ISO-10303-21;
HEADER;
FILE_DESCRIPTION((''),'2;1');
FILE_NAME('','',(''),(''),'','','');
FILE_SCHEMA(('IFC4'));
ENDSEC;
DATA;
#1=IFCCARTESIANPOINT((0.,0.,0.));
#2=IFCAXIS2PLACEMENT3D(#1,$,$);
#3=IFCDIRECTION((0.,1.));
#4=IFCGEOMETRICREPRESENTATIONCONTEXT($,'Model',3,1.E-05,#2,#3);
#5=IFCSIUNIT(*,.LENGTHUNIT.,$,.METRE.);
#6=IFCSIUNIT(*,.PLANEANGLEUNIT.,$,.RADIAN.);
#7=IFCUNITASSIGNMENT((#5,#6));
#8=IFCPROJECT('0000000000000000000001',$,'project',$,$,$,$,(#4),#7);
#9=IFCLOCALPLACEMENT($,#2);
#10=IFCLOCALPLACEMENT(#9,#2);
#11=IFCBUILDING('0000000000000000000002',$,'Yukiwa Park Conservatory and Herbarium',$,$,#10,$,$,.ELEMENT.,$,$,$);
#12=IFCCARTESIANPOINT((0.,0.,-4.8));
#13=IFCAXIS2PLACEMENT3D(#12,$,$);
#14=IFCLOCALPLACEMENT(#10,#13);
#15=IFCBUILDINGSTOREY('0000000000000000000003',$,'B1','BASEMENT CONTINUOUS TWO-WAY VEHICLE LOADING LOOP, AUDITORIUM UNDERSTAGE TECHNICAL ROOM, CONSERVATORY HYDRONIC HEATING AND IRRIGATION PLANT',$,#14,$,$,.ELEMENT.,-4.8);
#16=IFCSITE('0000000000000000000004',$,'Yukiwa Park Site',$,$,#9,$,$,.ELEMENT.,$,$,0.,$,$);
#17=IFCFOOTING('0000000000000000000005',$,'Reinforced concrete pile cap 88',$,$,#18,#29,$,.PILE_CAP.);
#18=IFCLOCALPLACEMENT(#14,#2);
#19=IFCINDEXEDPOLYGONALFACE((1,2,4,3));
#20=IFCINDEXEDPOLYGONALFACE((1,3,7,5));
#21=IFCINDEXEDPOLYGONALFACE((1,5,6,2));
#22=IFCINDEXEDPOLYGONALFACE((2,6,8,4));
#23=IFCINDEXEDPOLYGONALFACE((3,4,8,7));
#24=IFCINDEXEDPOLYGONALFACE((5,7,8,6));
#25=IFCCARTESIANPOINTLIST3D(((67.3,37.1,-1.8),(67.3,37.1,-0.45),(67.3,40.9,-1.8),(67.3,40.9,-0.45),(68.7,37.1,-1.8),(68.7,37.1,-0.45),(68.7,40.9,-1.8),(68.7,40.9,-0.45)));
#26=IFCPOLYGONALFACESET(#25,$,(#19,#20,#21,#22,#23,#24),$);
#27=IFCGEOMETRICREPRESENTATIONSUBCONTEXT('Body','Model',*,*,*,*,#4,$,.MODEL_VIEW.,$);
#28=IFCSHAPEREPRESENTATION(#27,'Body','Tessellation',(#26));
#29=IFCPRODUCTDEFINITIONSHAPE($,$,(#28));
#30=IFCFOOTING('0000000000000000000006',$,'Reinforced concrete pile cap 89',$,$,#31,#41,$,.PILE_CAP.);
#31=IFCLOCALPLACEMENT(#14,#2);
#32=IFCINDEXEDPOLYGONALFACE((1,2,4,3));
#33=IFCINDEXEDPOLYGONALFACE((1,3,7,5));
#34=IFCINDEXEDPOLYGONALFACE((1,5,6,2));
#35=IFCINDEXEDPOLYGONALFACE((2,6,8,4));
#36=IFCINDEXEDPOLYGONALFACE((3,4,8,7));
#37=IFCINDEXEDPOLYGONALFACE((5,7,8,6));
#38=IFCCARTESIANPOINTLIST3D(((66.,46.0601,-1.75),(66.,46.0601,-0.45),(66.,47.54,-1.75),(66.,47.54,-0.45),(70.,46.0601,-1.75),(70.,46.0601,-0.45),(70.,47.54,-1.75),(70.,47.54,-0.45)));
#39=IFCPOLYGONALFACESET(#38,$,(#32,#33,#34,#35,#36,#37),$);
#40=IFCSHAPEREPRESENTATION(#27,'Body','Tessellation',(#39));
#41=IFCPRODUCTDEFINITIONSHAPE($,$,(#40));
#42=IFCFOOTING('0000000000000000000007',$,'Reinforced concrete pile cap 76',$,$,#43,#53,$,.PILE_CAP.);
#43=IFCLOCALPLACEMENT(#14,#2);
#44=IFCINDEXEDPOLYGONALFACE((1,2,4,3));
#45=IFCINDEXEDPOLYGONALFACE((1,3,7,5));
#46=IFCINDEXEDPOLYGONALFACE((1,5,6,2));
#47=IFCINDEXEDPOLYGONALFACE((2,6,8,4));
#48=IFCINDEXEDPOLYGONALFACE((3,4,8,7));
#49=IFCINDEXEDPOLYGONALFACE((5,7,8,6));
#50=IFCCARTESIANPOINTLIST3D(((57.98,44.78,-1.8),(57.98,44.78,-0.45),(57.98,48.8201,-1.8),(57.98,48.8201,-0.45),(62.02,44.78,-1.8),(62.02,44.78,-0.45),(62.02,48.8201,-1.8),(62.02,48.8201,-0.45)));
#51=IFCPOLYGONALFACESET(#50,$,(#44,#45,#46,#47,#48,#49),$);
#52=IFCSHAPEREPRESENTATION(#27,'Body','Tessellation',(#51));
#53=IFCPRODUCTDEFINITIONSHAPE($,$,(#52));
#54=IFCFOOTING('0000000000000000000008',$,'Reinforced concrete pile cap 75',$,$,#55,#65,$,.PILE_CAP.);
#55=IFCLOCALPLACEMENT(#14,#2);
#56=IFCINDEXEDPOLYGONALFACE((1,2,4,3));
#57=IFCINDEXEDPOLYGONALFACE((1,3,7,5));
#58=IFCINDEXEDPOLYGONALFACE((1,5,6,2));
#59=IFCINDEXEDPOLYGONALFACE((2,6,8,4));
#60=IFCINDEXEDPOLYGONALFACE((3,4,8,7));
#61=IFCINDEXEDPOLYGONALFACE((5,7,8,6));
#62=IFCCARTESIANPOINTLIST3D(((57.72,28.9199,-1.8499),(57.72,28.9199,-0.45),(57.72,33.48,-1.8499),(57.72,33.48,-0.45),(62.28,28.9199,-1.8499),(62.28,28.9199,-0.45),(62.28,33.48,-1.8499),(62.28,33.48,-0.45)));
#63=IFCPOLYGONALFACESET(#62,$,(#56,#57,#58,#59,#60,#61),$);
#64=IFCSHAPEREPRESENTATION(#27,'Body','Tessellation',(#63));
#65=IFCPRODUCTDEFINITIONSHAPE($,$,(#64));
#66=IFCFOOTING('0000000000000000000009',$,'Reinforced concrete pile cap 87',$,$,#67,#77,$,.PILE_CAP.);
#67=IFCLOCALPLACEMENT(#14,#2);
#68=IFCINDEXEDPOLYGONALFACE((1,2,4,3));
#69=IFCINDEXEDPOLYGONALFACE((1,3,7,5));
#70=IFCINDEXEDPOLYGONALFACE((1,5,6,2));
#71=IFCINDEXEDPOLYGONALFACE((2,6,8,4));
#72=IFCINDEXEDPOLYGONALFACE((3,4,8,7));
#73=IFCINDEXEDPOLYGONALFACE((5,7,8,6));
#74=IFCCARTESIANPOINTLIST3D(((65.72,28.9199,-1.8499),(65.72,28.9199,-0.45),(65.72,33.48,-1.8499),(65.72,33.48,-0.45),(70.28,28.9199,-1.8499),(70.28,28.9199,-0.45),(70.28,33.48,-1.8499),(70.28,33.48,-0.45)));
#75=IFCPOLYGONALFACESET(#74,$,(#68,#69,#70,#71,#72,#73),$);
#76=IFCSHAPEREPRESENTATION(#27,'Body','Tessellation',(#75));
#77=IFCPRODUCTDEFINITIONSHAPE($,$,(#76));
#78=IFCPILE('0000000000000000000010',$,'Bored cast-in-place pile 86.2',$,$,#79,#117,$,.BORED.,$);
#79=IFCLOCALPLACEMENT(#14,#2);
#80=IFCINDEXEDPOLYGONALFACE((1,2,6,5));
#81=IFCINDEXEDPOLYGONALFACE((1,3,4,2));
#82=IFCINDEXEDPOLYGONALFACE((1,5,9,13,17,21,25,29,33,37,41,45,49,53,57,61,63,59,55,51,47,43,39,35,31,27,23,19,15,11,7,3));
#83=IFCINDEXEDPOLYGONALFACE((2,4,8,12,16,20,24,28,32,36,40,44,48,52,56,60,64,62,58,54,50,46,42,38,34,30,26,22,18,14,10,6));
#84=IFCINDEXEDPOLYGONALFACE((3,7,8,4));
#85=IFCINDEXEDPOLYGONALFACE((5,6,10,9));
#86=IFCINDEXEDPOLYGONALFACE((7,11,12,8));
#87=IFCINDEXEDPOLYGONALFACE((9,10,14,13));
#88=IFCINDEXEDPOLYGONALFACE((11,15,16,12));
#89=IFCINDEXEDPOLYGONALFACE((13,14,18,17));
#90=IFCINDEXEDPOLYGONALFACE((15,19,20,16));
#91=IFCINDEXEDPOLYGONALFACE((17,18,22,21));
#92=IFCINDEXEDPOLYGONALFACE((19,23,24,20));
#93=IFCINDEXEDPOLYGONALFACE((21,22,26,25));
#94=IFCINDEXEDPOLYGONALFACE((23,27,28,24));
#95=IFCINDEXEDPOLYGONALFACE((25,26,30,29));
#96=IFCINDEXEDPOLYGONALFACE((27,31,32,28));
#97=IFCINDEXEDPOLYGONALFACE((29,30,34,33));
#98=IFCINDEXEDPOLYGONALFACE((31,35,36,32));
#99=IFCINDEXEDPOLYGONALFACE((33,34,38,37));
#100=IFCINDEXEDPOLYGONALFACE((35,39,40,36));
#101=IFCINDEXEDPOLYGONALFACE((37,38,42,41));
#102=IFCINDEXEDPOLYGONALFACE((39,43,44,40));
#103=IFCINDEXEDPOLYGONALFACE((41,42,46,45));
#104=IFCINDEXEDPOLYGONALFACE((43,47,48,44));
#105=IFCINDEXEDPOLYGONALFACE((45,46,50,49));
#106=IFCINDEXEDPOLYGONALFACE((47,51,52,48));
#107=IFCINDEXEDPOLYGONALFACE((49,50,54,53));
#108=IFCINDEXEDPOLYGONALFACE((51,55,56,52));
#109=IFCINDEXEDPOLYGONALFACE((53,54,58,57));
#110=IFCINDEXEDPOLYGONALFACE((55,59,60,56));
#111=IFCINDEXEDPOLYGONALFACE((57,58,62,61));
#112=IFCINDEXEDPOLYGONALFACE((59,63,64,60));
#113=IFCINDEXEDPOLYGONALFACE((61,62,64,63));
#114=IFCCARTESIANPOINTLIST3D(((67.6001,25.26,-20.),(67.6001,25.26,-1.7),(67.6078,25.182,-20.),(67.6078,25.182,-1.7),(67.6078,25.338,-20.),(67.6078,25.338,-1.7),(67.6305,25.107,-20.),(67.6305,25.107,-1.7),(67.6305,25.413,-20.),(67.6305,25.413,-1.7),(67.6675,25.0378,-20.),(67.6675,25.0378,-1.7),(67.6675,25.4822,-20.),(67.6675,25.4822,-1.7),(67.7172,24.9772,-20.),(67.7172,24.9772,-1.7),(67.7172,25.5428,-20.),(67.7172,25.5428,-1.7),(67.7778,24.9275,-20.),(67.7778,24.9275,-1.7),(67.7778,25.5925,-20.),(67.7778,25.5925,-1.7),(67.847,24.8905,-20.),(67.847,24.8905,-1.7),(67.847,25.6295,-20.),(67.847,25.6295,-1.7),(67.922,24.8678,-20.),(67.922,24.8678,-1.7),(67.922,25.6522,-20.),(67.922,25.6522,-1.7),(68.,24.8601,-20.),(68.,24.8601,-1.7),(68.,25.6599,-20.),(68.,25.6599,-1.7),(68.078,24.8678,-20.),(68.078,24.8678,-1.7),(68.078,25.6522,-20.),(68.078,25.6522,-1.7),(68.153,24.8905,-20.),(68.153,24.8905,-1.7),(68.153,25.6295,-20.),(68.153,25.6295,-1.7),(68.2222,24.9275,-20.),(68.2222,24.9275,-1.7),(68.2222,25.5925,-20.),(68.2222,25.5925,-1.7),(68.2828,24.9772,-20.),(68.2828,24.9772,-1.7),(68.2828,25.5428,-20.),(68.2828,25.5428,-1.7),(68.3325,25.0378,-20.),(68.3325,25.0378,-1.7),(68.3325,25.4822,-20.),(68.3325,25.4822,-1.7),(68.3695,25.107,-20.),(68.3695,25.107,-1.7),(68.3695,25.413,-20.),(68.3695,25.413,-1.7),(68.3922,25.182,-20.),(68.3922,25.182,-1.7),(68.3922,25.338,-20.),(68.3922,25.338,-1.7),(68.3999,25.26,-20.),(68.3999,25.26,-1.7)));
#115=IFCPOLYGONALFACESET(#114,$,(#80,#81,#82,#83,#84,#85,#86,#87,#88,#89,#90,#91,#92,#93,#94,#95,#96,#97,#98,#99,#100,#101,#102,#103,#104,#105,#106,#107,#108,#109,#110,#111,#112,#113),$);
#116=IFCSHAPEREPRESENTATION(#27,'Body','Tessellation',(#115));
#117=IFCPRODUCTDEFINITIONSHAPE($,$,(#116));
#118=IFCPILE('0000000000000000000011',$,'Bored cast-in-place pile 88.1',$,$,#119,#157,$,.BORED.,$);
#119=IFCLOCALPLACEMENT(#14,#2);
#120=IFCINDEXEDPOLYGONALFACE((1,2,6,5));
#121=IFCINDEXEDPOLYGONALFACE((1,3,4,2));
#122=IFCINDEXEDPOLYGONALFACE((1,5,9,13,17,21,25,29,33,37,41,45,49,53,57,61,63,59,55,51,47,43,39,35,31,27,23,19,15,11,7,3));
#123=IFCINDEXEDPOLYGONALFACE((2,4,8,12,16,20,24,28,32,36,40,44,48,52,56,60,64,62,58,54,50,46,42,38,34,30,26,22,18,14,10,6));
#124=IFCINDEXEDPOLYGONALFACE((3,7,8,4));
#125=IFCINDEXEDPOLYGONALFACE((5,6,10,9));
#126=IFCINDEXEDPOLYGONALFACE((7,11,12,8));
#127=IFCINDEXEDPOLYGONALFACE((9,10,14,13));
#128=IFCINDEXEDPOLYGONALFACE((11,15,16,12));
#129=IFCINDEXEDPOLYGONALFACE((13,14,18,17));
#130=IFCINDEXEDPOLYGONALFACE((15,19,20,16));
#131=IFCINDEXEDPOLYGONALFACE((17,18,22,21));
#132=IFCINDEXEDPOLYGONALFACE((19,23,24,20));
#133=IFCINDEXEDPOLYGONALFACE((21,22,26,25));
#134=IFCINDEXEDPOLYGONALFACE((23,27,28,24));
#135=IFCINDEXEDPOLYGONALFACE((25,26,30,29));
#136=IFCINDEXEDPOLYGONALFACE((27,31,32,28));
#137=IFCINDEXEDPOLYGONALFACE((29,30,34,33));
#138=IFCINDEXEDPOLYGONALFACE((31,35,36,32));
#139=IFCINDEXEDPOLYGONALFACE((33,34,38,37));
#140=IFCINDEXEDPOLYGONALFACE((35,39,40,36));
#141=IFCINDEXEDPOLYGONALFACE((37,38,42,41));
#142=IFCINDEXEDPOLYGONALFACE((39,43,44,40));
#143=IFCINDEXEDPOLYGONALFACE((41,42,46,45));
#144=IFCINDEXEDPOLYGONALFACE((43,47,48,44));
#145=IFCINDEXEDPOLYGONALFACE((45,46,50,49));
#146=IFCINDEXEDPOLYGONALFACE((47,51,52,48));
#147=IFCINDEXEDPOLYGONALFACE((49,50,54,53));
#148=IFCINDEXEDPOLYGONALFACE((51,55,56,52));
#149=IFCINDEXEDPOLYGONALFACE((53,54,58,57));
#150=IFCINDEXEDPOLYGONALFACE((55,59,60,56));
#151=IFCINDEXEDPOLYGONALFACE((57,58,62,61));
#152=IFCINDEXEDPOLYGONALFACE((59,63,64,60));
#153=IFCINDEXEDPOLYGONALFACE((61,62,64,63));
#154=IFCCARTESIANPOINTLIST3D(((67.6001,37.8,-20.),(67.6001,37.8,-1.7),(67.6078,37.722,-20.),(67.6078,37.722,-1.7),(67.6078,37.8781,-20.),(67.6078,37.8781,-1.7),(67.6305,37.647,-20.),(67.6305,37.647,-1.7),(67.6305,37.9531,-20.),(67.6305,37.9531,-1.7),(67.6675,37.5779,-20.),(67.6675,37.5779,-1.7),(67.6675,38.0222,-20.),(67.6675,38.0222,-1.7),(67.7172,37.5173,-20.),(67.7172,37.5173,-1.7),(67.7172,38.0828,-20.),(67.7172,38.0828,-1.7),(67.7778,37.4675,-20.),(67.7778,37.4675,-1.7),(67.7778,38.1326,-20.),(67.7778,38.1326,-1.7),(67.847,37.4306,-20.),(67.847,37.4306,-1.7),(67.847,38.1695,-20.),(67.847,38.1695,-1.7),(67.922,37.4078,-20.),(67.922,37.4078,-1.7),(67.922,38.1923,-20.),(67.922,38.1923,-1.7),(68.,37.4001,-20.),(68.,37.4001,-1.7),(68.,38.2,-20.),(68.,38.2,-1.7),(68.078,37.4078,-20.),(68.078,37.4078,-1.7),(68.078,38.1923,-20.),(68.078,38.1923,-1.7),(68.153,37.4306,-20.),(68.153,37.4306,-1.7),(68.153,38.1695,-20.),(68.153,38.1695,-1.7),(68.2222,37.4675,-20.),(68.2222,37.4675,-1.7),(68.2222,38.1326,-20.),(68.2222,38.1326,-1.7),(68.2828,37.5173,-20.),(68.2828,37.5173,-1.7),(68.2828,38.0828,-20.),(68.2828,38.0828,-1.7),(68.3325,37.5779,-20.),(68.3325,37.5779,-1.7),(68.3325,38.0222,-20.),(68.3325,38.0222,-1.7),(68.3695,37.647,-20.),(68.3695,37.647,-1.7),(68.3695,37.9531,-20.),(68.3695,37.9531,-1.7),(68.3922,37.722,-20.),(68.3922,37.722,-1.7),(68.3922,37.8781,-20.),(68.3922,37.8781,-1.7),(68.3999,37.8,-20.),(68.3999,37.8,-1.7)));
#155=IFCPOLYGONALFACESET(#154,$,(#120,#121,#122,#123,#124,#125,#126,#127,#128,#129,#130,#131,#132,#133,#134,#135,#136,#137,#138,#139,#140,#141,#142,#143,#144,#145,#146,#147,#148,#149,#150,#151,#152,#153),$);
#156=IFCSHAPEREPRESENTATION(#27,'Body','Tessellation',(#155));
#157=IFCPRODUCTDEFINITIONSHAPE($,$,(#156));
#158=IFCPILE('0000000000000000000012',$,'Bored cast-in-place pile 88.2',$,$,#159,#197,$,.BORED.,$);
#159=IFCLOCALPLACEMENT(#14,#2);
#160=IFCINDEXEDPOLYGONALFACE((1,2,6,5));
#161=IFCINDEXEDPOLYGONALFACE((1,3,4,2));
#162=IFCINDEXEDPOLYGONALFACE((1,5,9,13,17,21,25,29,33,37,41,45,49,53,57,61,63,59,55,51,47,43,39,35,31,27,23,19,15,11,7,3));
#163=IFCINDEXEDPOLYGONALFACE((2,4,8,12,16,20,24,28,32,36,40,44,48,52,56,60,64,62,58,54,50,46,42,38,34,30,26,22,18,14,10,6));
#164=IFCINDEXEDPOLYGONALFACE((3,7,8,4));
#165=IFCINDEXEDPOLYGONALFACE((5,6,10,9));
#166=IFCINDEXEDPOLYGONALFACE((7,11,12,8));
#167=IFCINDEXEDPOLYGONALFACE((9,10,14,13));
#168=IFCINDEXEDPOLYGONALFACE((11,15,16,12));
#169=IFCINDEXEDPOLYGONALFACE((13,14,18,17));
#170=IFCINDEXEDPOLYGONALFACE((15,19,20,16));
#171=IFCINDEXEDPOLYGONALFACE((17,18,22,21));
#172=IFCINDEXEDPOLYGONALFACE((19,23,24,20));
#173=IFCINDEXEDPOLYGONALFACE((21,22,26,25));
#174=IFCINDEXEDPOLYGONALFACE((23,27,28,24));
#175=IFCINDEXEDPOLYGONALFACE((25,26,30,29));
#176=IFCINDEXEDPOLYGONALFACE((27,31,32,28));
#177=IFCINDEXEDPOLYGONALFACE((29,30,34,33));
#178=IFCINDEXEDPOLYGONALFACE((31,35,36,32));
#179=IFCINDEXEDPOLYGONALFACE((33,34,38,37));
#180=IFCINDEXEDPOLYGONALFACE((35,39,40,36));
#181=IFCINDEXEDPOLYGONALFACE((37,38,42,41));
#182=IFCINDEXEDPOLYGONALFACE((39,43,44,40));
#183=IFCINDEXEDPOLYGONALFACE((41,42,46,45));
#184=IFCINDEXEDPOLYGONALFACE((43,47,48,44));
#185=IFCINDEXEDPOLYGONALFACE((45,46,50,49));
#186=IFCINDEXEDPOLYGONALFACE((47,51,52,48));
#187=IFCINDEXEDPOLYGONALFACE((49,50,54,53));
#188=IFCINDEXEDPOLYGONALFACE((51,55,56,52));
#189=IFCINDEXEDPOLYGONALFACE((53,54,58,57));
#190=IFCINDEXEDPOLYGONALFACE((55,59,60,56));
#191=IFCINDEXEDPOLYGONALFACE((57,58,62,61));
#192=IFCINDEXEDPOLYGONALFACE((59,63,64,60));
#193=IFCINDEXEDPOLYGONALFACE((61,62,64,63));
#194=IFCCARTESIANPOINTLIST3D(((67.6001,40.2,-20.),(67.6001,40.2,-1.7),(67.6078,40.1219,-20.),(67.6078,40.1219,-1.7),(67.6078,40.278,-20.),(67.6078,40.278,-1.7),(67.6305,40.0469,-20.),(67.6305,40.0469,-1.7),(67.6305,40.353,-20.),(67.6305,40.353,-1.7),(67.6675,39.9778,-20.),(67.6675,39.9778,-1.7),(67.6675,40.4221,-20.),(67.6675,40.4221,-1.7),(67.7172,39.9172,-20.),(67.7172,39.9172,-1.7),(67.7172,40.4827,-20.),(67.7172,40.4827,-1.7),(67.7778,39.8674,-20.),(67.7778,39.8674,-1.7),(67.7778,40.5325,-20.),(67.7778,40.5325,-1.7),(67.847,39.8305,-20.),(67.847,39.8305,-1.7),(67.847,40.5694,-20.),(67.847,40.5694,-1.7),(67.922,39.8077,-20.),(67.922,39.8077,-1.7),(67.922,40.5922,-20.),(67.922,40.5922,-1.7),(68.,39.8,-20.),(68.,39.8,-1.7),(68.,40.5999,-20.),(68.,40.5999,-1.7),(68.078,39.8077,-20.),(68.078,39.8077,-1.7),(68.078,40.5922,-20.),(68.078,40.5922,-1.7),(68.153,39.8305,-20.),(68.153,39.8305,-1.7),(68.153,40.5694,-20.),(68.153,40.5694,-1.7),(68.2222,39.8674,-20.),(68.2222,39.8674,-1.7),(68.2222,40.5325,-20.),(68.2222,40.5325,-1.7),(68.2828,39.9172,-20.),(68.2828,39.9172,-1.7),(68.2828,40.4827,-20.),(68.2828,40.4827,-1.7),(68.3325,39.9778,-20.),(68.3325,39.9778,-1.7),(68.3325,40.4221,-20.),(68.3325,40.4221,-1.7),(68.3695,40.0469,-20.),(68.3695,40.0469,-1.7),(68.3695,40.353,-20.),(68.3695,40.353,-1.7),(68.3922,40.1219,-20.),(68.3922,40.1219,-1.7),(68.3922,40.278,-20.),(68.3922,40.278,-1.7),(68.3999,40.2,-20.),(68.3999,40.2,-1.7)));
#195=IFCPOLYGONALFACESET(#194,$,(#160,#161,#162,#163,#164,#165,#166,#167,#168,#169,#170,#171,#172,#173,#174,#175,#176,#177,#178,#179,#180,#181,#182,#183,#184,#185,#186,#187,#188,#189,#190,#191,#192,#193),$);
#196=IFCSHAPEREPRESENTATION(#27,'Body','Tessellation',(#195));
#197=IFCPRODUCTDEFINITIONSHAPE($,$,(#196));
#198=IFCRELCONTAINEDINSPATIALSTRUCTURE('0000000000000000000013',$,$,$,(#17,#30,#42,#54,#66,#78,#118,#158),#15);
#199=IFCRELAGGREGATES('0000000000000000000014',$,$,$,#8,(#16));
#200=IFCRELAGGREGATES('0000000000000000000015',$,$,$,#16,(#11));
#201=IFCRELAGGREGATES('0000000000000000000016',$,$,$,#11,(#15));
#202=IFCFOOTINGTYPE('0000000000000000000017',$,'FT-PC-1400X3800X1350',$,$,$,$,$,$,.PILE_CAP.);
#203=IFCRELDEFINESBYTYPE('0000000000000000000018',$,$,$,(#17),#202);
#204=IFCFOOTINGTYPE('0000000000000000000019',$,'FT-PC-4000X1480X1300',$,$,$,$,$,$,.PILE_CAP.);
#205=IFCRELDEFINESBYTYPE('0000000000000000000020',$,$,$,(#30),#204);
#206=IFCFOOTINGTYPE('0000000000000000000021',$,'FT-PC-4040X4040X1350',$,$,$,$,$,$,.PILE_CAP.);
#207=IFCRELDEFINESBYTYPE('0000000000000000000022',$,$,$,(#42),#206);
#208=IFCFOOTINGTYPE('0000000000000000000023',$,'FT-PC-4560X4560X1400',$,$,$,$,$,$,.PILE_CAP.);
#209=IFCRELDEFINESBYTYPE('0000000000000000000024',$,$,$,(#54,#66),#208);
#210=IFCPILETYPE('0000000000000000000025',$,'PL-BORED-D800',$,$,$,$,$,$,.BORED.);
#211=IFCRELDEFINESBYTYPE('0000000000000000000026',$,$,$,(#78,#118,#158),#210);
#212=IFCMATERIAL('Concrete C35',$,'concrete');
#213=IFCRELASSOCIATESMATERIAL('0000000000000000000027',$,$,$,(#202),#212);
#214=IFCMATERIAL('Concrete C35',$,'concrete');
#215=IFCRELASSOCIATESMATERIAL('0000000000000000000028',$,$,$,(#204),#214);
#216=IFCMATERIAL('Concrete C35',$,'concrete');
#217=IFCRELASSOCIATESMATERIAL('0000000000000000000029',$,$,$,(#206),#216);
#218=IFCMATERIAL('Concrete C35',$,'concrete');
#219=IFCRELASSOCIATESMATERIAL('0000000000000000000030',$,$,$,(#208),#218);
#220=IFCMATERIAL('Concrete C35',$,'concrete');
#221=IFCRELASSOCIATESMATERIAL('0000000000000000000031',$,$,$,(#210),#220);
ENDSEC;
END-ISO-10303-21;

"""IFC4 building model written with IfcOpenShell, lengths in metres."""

from ifc_helpers import new_model, si_unit, direction, frame, origin, origin_2d, place, context, subcontext, project, spatial, rectangle, circle, extrude, material, material_profile, profile_set, type_object, element, save


model = new_model("IFC4")

# Units and contexts
model_context = context("Model", 3, precision=1e-05, world=origin(), true_north=direction((0.0, 1.0)))
body_context = subcontext(model_context, "Body", "Model", "MODEL_VIEW")
ifc_project = project(units=[si_unit("LENGTHUNIT", "METRE"), si_unit("PLANEANGLEUNIT", "RADIAN")], contexts=[model_context])

# Site, building, storey
site_placement = place(None, origin())
site = spatial("IfcSite", under=ifc_project, at=site_placement, Name="Yukiwa Park Site", CompositionType="ELEMENT", RefElevation=0.0)
building_placement = place(site_placement, origin())
building = spatial("IfcBuilding", under=site, at=building_placement, Name="Yukiwa Park Conservatory and Herbarium", CompositionType="ELEMENT")
storey_placement = place(building_placement, frame((0.0, 0.0, -4.8)))
storey = spatial("IfcBuildingStorey", under=building, at=storey_placement, Name="B1", Description="BASEMENT CONTINUOUS TWO-WAY VEHICLE LOADING LOOP, AUDITORIUM UNDERSTAGE TECHNICAL ROOM, CONSERVATORY HYDRONIC HEATING AND IRRIGATION PLANT", CompositionType="ELEMENT", Elevation=-4.8)

# Footings
ifc_material_1 = material(Name="Concrete C35", Category="concrete")
footing_type_1 = type_object("IfcFootingType", Name="FT-PC-1400X3800X1350", PredefinedType="PILE_CAP", material=ifc_material_1)
footing_1_placement = place(storey_placement, frame((68.0, 39.0, -1.8), z_axis=(0.0, 0.0, 1.0), x_axis=(1.0, 0.0, 0.0)))
element("IfcFooting", 1, at=footing_1_placement, inside=storey, type_object=footing_type_1, Name="Reinforced concrete pile cap 88", PredefinedType="PILE_CAP", context=body_context, shape_type="SweptSolid", body=[
    extrude(rectangle(XDim=1.3999, YDim=3.8, at=origin_2d()), origin(), (0.0, 0.0, 1.0), 1.3501),
])
ifc_material_2 = material(Name="Concrete C35", Category="concrete")
footing_type_2 = type_object("IfcFootingType", Name="FT-PC-4000X1480X1300", PredefinedType="PILE_CAP", material=ifc_material_2)
footing_2_placement = place(storey_placement, frame((68.0, 46.8, -1.75), z_axis=(0.0, 0.0, 1.0), x_axis=(1.0, 0.0, 0.0)))
element("IfcFooting", 2, at=footing_2_placement, inside=storey, type_object=footing_type_2, Name="Reinforced concrete pile cap 89", PredefinedType="PILE_CAP", context=body_context, shape_type="SweptSolid", body=[
    extrude(rectangle(XDim=4.0, YDim=1.48, at=origin_2d()), origin(), (0.0, 0.0, 1.0), 1.3),
])
ifc_material_3 = material(Name="Concrete C35", Category="concrete")
footing_type_3 = type_object("IfcFootingType", Name="FT-PC-4040X4040X1350", PredefinedType="PILE_CAP", material=ifc_material_3)
footing_3_placement = place(storey_placement, frame((60.0, 46.8, -1.8), z_axis=(0.0, 0.0, 1.0), x_axis=(1.0, 0.0, 0.0)))
element("IfcFooting", 3, at=footing_3_placement, inside=storey, type_object=footing_type_3, Name="Reinforced concrete pile cap 76", PredefinedType="PILE_CAP", context=body_context, shape_type="SweptSolid", body=[
    extrude(rectangle(XDim=4.04, YDim=4.04, at=origin_2d()), origin(), (0.0, 0.0, 1.0), 1.3501),
])
ifc_material_4 = material(Name="Concrete C35", Category="concrete")
footing_type_4 = type_object("IfcFootingType", Name="FT-PC-4560X4560X1400", PredefinedType="PILE_CAP", material=ifc_material_4)
for number, where, z_axis, x_axis, name in (
    (4, (60.0, 31.2, -1.8499), (0.0, 0.0, 1.0), (1.0, 0.0, 0.0), "Reinforced concrete pile cap 75"),
    (5, (68.0, 31.2, -1.8499), (0.0, 0.0, 1.0), (1.0, 0.0, 0.0), "Reinforced concrete pile cap 87"),
):
    element("IfcFooting", number, at=place(storey_placement, frame(where, z_axis=z_axis, x_axis=x_axis)), inside=storey, type_object=footing_type_4, Name=name, PredefinedType="PILE_CAP", context=body_context, shape_type="SweptSolid", body=[
        extrude(rectangle(XDim=4.5601, YDim=4.5601, at=origin_2d()), origin(), (0.0, 0.0, 1.0), 1.3999),
    ])

# Piles
ifc_material_5 = material(Name="Concrete C35", Category="concrete")
ifc_material_profile_1 = material_profile(ifc_material_5, circle(Radius=0.3999, at=origin_2d()), Name="PILE D800")
ifc_profile_set_1 = profile_set([ifc_material_profile_1], Name="Concrete C35")
pile_type_1 = type_object("IfcPileType", Name="PL-BORED-D800", PredefinedType="BORED", material=ifc_profile_set_1)
for number, where, z_axis, x_axis, name in (
    (6, (68.0, 25.26, -1.7), (0.0, 0.0, -1.0), (1.0, 0.0, 0.0), "Bored cast-in-place pile 86.2"),
    (7, (68.0, 37.8, -1.7), (0.0, 0.0, -1.0), (1.0, 0.0, 0.0), "Bored cast-in-place pile 88.1"),
    (8, (68.0, 40.2, -1.7), (0.0, 0.0, -1.0), (1.0, 0.0, 0.0), "Bored cast-in-place pile 88.2"),
):
    element("IfcPile", number, at=place(storey_placement, frame(where, z_axis=z_axis, x_axis=x_axis)), inside=storey, type_object=pile_type_1, Name=name, PredefinedType="BORED", context=body_context, shape_type="SweptSolid", body=[
        extrude(circle(Radius=0.3999, at=origin_2d()), origin(), (0.0, 0.0, 1.0), 18.3),
    ])

save(model, "model.ifc")
